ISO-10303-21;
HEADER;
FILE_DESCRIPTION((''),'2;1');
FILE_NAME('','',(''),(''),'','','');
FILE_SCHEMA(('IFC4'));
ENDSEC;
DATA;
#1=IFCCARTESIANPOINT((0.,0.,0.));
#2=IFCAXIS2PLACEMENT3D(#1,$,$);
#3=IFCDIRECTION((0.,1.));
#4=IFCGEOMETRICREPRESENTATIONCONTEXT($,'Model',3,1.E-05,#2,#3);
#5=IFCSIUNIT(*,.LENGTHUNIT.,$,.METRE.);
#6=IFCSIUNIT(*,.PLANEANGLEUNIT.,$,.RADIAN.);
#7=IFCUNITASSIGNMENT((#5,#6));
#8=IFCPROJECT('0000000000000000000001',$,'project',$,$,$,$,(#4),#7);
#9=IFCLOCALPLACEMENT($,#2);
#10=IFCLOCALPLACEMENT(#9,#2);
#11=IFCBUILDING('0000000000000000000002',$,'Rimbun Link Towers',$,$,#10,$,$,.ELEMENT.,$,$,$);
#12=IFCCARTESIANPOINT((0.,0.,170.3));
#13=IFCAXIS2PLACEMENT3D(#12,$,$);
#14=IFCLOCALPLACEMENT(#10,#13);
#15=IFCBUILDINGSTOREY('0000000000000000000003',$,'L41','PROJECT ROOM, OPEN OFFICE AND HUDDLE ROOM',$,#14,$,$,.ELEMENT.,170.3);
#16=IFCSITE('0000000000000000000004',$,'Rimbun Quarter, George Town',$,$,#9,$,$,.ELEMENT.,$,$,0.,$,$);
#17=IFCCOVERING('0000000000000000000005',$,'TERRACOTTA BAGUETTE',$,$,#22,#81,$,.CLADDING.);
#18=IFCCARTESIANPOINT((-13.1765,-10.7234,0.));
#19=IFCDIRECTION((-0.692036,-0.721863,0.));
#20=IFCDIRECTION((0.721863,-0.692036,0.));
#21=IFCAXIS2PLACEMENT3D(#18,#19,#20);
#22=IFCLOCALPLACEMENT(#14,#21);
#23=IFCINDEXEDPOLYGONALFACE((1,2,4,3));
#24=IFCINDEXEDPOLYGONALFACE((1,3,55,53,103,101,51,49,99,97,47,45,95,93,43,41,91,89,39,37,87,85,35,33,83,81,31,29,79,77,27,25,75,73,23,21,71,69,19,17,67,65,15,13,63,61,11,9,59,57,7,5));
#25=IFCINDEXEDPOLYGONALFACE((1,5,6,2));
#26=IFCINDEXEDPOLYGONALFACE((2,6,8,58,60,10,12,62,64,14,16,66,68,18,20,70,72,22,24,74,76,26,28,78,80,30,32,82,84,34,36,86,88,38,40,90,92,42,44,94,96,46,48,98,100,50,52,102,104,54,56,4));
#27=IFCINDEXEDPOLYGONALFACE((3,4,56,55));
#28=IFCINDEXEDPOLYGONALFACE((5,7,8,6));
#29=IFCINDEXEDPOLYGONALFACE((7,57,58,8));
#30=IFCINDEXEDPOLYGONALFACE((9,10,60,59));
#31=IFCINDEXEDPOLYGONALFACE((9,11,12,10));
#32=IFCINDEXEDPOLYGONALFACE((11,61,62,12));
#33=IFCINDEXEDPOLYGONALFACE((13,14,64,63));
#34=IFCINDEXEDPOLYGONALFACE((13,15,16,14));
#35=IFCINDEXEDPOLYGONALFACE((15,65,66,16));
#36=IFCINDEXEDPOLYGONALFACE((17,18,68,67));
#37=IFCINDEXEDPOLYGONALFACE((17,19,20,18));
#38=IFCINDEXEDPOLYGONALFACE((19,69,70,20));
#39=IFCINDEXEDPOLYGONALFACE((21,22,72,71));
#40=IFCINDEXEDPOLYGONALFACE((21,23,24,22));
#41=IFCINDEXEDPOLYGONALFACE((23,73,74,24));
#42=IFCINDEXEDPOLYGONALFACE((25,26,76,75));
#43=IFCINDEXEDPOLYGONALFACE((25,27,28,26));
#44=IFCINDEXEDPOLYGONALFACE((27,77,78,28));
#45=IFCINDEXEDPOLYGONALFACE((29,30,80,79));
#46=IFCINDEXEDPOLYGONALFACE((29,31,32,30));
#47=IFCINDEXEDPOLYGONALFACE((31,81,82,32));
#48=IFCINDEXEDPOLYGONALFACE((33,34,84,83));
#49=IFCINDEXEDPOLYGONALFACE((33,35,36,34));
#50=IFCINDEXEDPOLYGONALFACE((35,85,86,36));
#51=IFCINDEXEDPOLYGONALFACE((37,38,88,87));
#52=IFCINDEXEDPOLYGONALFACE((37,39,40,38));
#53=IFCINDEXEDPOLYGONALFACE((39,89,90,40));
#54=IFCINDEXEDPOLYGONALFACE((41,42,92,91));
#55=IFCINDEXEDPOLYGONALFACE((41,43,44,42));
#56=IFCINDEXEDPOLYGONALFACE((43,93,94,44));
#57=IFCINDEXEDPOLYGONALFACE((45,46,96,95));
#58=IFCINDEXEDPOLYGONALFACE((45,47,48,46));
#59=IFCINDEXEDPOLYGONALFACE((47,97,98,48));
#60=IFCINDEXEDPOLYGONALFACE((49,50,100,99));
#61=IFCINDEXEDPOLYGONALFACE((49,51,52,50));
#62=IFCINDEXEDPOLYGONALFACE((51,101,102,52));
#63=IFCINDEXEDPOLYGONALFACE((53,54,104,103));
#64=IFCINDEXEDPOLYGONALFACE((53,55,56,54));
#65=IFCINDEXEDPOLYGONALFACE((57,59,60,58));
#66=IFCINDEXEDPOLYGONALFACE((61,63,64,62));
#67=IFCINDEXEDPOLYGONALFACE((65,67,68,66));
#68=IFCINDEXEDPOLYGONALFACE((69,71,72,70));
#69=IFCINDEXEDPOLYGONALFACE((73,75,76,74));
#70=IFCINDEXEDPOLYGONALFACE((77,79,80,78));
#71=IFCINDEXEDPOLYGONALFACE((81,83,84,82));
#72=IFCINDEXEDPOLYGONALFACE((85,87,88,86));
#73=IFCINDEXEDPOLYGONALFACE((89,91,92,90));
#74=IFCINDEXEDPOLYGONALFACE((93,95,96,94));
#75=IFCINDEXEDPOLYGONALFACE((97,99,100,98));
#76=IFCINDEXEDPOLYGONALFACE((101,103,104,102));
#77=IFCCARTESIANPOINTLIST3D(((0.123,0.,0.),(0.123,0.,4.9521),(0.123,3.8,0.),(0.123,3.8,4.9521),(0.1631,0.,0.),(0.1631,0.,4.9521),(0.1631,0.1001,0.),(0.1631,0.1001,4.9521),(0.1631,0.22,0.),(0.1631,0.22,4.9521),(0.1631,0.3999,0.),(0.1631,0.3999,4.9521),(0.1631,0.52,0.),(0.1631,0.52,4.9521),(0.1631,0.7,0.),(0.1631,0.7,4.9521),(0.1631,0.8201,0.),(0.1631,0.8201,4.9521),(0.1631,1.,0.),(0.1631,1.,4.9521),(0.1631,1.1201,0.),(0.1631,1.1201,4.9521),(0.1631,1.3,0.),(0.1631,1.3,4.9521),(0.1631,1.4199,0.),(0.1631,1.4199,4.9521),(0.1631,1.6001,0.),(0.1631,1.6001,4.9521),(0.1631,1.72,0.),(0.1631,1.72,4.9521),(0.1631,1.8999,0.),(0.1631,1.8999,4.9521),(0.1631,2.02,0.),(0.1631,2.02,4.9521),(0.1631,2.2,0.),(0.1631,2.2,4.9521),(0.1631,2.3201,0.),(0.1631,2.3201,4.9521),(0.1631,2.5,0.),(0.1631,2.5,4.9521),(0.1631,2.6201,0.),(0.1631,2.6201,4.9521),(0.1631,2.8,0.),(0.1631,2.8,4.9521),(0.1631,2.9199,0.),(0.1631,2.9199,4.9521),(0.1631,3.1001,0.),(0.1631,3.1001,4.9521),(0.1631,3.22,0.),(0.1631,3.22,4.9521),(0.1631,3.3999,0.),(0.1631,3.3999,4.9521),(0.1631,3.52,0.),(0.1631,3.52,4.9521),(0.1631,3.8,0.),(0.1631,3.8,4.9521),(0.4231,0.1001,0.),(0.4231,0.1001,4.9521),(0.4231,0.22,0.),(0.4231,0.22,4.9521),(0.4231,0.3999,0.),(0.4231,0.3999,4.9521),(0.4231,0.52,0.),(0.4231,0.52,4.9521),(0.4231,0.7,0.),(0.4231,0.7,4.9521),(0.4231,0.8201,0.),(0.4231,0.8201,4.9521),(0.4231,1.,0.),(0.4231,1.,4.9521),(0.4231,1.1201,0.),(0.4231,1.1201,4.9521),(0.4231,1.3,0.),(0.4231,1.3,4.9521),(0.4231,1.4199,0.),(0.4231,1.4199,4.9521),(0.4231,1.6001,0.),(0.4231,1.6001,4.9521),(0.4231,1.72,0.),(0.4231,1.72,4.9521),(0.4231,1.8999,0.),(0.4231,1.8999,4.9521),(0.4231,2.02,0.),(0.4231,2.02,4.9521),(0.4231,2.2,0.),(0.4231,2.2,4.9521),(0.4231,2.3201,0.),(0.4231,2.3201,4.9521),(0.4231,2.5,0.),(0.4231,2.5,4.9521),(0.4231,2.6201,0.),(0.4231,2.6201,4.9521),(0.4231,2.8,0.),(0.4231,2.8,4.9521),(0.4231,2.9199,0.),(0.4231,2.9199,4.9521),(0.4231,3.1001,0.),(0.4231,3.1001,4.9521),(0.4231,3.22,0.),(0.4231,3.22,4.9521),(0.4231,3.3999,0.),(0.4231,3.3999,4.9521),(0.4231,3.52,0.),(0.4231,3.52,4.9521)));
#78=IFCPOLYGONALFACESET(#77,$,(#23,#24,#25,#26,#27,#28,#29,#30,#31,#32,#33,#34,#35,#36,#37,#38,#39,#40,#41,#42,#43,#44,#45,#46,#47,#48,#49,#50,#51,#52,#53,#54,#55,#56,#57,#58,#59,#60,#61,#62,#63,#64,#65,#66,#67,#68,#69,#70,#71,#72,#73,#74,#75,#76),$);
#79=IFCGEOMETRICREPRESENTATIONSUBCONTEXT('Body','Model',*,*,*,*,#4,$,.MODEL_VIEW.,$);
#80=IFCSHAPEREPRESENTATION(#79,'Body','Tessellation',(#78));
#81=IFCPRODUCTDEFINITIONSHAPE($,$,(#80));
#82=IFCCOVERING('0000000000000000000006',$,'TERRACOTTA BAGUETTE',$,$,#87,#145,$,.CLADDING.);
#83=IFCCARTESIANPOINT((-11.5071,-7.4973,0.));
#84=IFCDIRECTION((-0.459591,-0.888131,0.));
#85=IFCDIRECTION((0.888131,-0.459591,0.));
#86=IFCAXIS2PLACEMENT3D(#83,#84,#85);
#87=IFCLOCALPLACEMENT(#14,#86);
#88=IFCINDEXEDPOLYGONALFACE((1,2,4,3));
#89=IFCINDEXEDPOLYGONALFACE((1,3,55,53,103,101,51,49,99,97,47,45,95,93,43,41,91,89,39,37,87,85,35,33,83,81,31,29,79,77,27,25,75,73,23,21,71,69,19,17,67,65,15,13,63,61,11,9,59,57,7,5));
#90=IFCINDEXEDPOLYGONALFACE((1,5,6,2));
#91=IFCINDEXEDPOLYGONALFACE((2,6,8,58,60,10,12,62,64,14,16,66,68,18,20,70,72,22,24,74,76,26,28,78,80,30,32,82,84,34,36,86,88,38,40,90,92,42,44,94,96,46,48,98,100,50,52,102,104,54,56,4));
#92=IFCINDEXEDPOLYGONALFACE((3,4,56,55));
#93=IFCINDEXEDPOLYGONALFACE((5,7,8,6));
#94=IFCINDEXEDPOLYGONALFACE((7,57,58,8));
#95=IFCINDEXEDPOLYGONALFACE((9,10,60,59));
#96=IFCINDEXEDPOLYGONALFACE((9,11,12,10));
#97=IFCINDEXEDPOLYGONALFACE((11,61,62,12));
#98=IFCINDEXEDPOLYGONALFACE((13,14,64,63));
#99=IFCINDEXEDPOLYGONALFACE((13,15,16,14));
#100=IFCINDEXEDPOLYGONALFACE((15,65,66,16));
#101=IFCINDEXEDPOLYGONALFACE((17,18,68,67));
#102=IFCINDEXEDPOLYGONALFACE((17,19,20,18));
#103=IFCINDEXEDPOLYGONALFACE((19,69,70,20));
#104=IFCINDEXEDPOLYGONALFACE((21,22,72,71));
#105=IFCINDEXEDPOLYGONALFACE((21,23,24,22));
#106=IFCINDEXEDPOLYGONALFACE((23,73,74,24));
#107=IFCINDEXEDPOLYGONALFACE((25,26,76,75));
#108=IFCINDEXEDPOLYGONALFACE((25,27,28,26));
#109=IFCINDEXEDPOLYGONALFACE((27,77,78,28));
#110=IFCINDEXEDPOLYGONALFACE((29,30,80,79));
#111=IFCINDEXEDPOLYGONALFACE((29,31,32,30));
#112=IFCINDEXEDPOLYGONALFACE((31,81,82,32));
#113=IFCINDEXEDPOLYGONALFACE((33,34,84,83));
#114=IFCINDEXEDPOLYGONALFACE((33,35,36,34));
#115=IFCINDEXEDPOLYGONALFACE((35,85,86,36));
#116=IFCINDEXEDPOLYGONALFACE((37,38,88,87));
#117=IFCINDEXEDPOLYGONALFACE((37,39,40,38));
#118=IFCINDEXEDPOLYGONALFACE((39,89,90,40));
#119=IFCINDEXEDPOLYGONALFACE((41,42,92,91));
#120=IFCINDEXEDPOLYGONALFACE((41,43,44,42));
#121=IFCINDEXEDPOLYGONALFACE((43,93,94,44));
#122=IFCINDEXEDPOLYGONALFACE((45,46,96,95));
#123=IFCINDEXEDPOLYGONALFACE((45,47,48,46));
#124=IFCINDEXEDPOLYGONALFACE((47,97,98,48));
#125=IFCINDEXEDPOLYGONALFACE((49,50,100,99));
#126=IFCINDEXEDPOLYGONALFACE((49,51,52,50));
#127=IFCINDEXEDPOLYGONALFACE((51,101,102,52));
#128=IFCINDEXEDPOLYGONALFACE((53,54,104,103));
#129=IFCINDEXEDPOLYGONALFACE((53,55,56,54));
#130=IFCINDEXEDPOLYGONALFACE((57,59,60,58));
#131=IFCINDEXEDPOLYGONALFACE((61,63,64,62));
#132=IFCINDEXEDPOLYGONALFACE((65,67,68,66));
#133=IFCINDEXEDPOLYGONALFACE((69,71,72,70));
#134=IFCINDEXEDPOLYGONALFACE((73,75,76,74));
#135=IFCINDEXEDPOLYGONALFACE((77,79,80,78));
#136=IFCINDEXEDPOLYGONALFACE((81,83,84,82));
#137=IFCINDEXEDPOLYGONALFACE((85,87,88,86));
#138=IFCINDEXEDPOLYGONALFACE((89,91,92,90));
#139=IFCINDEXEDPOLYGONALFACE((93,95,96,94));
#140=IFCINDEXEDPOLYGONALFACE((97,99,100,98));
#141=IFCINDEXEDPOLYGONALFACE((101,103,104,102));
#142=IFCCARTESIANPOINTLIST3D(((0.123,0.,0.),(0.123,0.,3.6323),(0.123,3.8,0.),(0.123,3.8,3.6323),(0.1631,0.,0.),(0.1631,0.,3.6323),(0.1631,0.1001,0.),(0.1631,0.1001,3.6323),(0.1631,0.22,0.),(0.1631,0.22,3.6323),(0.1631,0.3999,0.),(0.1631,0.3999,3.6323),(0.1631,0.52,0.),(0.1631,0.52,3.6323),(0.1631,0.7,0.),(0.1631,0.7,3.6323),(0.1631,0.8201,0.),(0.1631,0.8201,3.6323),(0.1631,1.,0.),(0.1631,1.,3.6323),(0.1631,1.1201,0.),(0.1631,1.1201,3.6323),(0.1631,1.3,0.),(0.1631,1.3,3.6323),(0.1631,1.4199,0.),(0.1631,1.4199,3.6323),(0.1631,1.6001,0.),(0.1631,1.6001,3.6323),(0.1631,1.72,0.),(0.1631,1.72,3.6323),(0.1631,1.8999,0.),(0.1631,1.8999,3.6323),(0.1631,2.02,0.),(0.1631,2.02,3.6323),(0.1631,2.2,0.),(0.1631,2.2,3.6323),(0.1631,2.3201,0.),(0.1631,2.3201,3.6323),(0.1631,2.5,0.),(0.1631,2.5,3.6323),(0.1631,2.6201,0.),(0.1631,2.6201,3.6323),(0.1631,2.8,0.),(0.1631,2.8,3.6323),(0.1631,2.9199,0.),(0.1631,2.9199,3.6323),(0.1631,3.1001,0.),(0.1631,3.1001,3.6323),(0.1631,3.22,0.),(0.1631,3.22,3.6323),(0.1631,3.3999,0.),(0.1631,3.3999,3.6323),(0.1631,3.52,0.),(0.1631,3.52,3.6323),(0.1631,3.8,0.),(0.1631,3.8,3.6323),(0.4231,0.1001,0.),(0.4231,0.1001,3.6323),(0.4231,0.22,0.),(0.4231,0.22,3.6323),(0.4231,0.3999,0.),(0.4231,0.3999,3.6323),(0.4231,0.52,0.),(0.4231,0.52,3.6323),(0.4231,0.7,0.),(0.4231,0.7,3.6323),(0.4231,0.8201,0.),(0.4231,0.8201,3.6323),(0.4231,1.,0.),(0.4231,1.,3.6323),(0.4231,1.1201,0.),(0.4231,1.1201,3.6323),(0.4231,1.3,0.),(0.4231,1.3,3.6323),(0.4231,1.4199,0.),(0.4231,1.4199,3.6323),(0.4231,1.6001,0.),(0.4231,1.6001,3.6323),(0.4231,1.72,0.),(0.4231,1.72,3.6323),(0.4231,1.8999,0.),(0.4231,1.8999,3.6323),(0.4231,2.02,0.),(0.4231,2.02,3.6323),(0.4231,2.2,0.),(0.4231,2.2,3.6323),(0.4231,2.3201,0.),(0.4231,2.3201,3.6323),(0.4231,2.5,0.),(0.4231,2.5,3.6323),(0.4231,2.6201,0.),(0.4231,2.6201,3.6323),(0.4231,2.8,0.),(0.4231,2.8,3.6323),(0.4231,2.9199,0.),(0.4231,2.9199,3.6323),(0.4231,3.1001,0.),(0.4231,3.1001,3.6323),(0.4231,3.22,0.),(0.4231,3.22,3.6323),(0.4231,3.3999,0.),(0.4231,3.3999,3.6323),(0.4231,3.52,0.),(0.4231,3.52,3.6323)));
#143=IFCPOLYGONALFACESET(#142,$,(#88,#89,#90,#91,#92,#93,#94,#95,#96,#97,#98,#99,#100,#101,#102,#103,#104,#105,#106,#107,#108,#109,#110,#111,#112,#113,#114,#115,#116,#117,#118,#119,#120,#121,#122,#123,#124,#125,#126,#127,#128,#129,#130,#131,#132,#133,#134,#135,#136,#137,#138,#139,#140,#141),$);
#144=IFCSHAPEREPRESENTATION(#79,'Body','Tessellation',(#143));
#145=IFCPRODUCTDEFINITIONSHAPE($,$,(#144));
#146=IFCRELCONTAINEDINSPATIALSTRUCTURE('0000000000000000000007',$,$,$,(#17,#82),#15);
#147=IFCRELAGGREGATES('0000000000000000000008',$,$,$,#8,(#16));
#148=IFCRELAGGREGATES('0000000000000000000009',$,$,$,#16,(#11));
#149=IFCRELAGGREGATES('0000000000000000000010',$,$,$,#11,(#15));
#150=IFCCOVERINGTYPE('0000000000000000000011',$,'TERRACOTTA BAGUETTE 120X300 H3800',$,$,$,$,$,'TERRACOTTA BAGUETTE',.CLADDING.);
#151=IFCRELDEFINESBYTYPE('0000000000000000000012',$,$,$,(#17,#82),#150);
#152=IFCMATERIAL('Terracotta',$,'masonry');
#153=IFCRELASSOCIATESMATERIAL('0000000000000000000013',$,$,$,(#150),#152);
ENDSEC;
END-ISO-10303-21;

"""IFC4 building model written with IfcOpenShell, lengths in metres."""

from ifc_helpers import new_model, si_unit, direction, frame, origin, place, context, subcontext, project, spatial, polyline, outline, extrude, material, material_profile, profile_set, type_object, element, save


model = new_model("IFC4")

# Units and contexts
model_context = context("Model", 3, precision=1e-05, world=origin(), true_north=direction((0.0, 1.0)))
body_context = subcontext(model_context, "Body", "Model", "MODEL_VIEW")
ifc_project = project(units=[si_unit("LENGTHUNIT", "METRE"), si_unit("PLANEANGLEUNIT", "RADIAN")], contexts=[model_context])

# Site, building, storey
site_placement = place(None, origin())
site = spatial("IfcSite", under=ifc_project, at=site_placement, Name="Rimbun Quarter, George Town", CompositionType="ELEMENT", RefElevation=0.0)
building_placement = place(site_placement, origin())
building = spatial("IfcBuilding", under=site, at=building_placement, Name="Rimbun Link Towers", CompositionType="ELEMENT")
storey_placement = place(building_placement, frame((0.0, 0.0, 170.3)))
storey = spatial("IfcBuildingStorey", under=building, at=storey_placement, Name="L41", Description="PROJECT ROOM, OPEN OFFICE AND HUDDLE ROOM", CompositionType="ELEMENT", Elevation=170.3)

# Coverings
ifc_material_1 = material(Name="Terracotta", Category="masonry")
ifc_material_profile_1 = material_profile(ifc_material_1, outline(polyline([(0.123, 0.0), (0.1631, 0.0), (0.1631, 0.1001), (0.4231, 0.1001), (0.4231, 0.22), (0.1631, 0.22), (0.1631, 0.3999), (0.4231, 0.3999), (0.4231, 0.52), (0.1631, 0.52), (0.1631, 0.7), (0.4231, 0.7), (0.4231, 0.8201), (0.1631, 0.8201), (0.1631, 1.0), (0.4231, 1.0), (0.4231, 1.1201), (0.1631, 1.1201), (0.1631, 1.3), (0.4231, 1.3), (0.4231, 1.4199), (0.1631, 1.4199), (0.1631, 1.6001), (0.4231, 1.6001), (0.4231, 1.72), (0.1631, 1.72), (0.1631, 1.8999), (0.4231, 1.8999), (0.4231, 2.02), (0.1631, 2.02), (0.1631, 2.2), (0.4231, 2.2), (0.4231, 2.3201), (0.1631, 2.3201), (0.1631, 2.5), (0.4231, 2.5), (0.4231, 2.6201), (0.1631, 2.6201), (0.1631, 2.8), (0.4231, 2.8), (0.4231, 2.9199), (0.1631, 2.9199), (0.1631, 3.1001), (0.4231, 3.1001), (0.4231, 3.22), (0.1631, 3.22), (0.1631, 3.3999), (0.4231, 3.3999), (0.4231, 3.52), (0.1631, 3.52), (0.1631, 3.8), (0.123, 3.8), (0.123, 0.0)])), Name="BAGUETTE 120X300")
ifc_profile_set_1 = profile_set([ifc_material_profile_1], Name="Terracotta")
covering_type = type_object("IfcCoveringType", Name="TERRACOTTA BAGUETTE 120X300 H3800", ElementType="TERRACOTTA BAGUETTE", PredefinedType="CLADDING", material=ifc_profile_set_1)
covering_1_placement = place(storey_placement, frame((-13.1765, -10.7234, 0.0), z_axis=(-0.692036, -0.721863, 0.0), x_axis=(0.721863, -0.692036, 0.0)))
element("IfcCovering", 1, at=covering_1_placement, inside=storey, type_object=covering_type, Name="TERRACOTTA BAGUETTE", PredefinedType="CLADDING", context=body_context, shape_type="SweptSolid", body=[
    extrude(outline(polyline([(0.123, 0.0), (0.1631, 0.0), (0.1631, 0.1001), (0.4231, 0.1001), (0.4231, 0.22), (0.1631, 0.22), (0.1631, 0.3999), (0.4231, 0.3999), (0.4231, 0.52), (0.1631, 0.52), (0.1631, 0.7), (0.4231, 0.7), (0.4231, 0.8201), (0.1631, 0.8201), (0.1631, 1.0), (0.4231, 1.0), (0.4231, 1.1201), (0.1631, 1.1201), (0.1631, 1.3), (0.4231, 1.3), (0.4231, 1.4199), (0.1631, 1.4199), (0.1631, 1.6001), (0.4231, 1.6001), (0.4231, 1.72), (0.1631, 1.72), (0.1631, 1.8999), (0.4231, 1.8999), (0.4231, 2.02), (0.1631, 2.02), (0.1631, 2.2), (0.4231, 2.2), (0.4231, 2.3201), (0.1631, 2.3201), (0.1631, 2.5), (0.4231, 2.5), (0.4231, 2.6201), (0.1631, 2.6201), (0.1631, 2.8), (0.4231, 2.8), (0.4231, 2.9199), (0.1631, 2.9199), (0.1631, 3.1001), (0.4231, 3.1001), (0.4231, 3.22), (0.1631, 3.22), (0.1631, 3.3999), (0.4231, 3.3999), (0.4231, 3.52), (0.1631, 3.52), (0.1631, 3.8), (0.123, 3.8), (0.123, 0.0)])), origin(), (0.0, 0.0, 1.0), 4.9521),
])
covering_2_placement = place(storey_placement, frame((-11.5071, -7.4973, 0.0), z_axis=(-0.459591, -0.888131, 0.0), x_axis=(0.888131, -0.459591, 0.0)))
element("IfcCovering", 2, at=covering_2_placement, inside=storey, type_object=covering_type, Name="TERRACOTTA BAGUETTE", PredefinedType="CLADDING", context=body_context, shape_type="SweptSolid", body=[
    extrude(outline(polyline([(0.123, 0.0), (0.1631, 0.0), (0.1631, 0.1001), (0.4231, 0.1001), (0.4231, 0.22), (0.1631, 0.22), (0.1631, 0.3999), (0.4231, 0.3999), (0.4231, 0.52), (0.1631, 0.52), (0.1631, 0.7), (0.4231, 0.7), (0.4231, 0.8201), (0.1631, 0.8201), (0.1631, 1.0), (0.4231, 1.0), (0.4231, 1.1201), (0.1631, 1.1201), (0.1631, 1.3), (0.4231, 1.3), (0.4231, 1.4199), (0.1631, 1.4199), (0.1631, 1.6001), (0.4231, 1.6001), (0.4231, 1.72), (0.1631, 1.72), (0.1631, 1.8999), (0.4231, 1.8999), (0.4231, 2.02), (0.1631, 2.02), (0.1631, 2.2), (0.4231, 2.2), (0.4231, 2.3201), (0.1631, 2.3201), (0.1631, 2.5), (0.4231, 2.5), (0.4231, 2.6201), (0.1631, 2.6201), (0.1631, 2.8), (0.4231, 2.8), (0.4231, 2.9199), (0.1631, 2.9199), (0.1631, 3.1001), (0.4231, 3.1001), (0.4231, 3.22), (0.1631, 3.22), (0.1631, 3.3999), (0.4231, 3.3999), (0.4231, 3.52), (0.1631, 3.52), (0.1631, 3.8), (0.123, 3.8), (0.123, 0.0)])), origin(), (0.0, 0.0, 1.0), 3.6323),
])

save(model, "model.ifc")
